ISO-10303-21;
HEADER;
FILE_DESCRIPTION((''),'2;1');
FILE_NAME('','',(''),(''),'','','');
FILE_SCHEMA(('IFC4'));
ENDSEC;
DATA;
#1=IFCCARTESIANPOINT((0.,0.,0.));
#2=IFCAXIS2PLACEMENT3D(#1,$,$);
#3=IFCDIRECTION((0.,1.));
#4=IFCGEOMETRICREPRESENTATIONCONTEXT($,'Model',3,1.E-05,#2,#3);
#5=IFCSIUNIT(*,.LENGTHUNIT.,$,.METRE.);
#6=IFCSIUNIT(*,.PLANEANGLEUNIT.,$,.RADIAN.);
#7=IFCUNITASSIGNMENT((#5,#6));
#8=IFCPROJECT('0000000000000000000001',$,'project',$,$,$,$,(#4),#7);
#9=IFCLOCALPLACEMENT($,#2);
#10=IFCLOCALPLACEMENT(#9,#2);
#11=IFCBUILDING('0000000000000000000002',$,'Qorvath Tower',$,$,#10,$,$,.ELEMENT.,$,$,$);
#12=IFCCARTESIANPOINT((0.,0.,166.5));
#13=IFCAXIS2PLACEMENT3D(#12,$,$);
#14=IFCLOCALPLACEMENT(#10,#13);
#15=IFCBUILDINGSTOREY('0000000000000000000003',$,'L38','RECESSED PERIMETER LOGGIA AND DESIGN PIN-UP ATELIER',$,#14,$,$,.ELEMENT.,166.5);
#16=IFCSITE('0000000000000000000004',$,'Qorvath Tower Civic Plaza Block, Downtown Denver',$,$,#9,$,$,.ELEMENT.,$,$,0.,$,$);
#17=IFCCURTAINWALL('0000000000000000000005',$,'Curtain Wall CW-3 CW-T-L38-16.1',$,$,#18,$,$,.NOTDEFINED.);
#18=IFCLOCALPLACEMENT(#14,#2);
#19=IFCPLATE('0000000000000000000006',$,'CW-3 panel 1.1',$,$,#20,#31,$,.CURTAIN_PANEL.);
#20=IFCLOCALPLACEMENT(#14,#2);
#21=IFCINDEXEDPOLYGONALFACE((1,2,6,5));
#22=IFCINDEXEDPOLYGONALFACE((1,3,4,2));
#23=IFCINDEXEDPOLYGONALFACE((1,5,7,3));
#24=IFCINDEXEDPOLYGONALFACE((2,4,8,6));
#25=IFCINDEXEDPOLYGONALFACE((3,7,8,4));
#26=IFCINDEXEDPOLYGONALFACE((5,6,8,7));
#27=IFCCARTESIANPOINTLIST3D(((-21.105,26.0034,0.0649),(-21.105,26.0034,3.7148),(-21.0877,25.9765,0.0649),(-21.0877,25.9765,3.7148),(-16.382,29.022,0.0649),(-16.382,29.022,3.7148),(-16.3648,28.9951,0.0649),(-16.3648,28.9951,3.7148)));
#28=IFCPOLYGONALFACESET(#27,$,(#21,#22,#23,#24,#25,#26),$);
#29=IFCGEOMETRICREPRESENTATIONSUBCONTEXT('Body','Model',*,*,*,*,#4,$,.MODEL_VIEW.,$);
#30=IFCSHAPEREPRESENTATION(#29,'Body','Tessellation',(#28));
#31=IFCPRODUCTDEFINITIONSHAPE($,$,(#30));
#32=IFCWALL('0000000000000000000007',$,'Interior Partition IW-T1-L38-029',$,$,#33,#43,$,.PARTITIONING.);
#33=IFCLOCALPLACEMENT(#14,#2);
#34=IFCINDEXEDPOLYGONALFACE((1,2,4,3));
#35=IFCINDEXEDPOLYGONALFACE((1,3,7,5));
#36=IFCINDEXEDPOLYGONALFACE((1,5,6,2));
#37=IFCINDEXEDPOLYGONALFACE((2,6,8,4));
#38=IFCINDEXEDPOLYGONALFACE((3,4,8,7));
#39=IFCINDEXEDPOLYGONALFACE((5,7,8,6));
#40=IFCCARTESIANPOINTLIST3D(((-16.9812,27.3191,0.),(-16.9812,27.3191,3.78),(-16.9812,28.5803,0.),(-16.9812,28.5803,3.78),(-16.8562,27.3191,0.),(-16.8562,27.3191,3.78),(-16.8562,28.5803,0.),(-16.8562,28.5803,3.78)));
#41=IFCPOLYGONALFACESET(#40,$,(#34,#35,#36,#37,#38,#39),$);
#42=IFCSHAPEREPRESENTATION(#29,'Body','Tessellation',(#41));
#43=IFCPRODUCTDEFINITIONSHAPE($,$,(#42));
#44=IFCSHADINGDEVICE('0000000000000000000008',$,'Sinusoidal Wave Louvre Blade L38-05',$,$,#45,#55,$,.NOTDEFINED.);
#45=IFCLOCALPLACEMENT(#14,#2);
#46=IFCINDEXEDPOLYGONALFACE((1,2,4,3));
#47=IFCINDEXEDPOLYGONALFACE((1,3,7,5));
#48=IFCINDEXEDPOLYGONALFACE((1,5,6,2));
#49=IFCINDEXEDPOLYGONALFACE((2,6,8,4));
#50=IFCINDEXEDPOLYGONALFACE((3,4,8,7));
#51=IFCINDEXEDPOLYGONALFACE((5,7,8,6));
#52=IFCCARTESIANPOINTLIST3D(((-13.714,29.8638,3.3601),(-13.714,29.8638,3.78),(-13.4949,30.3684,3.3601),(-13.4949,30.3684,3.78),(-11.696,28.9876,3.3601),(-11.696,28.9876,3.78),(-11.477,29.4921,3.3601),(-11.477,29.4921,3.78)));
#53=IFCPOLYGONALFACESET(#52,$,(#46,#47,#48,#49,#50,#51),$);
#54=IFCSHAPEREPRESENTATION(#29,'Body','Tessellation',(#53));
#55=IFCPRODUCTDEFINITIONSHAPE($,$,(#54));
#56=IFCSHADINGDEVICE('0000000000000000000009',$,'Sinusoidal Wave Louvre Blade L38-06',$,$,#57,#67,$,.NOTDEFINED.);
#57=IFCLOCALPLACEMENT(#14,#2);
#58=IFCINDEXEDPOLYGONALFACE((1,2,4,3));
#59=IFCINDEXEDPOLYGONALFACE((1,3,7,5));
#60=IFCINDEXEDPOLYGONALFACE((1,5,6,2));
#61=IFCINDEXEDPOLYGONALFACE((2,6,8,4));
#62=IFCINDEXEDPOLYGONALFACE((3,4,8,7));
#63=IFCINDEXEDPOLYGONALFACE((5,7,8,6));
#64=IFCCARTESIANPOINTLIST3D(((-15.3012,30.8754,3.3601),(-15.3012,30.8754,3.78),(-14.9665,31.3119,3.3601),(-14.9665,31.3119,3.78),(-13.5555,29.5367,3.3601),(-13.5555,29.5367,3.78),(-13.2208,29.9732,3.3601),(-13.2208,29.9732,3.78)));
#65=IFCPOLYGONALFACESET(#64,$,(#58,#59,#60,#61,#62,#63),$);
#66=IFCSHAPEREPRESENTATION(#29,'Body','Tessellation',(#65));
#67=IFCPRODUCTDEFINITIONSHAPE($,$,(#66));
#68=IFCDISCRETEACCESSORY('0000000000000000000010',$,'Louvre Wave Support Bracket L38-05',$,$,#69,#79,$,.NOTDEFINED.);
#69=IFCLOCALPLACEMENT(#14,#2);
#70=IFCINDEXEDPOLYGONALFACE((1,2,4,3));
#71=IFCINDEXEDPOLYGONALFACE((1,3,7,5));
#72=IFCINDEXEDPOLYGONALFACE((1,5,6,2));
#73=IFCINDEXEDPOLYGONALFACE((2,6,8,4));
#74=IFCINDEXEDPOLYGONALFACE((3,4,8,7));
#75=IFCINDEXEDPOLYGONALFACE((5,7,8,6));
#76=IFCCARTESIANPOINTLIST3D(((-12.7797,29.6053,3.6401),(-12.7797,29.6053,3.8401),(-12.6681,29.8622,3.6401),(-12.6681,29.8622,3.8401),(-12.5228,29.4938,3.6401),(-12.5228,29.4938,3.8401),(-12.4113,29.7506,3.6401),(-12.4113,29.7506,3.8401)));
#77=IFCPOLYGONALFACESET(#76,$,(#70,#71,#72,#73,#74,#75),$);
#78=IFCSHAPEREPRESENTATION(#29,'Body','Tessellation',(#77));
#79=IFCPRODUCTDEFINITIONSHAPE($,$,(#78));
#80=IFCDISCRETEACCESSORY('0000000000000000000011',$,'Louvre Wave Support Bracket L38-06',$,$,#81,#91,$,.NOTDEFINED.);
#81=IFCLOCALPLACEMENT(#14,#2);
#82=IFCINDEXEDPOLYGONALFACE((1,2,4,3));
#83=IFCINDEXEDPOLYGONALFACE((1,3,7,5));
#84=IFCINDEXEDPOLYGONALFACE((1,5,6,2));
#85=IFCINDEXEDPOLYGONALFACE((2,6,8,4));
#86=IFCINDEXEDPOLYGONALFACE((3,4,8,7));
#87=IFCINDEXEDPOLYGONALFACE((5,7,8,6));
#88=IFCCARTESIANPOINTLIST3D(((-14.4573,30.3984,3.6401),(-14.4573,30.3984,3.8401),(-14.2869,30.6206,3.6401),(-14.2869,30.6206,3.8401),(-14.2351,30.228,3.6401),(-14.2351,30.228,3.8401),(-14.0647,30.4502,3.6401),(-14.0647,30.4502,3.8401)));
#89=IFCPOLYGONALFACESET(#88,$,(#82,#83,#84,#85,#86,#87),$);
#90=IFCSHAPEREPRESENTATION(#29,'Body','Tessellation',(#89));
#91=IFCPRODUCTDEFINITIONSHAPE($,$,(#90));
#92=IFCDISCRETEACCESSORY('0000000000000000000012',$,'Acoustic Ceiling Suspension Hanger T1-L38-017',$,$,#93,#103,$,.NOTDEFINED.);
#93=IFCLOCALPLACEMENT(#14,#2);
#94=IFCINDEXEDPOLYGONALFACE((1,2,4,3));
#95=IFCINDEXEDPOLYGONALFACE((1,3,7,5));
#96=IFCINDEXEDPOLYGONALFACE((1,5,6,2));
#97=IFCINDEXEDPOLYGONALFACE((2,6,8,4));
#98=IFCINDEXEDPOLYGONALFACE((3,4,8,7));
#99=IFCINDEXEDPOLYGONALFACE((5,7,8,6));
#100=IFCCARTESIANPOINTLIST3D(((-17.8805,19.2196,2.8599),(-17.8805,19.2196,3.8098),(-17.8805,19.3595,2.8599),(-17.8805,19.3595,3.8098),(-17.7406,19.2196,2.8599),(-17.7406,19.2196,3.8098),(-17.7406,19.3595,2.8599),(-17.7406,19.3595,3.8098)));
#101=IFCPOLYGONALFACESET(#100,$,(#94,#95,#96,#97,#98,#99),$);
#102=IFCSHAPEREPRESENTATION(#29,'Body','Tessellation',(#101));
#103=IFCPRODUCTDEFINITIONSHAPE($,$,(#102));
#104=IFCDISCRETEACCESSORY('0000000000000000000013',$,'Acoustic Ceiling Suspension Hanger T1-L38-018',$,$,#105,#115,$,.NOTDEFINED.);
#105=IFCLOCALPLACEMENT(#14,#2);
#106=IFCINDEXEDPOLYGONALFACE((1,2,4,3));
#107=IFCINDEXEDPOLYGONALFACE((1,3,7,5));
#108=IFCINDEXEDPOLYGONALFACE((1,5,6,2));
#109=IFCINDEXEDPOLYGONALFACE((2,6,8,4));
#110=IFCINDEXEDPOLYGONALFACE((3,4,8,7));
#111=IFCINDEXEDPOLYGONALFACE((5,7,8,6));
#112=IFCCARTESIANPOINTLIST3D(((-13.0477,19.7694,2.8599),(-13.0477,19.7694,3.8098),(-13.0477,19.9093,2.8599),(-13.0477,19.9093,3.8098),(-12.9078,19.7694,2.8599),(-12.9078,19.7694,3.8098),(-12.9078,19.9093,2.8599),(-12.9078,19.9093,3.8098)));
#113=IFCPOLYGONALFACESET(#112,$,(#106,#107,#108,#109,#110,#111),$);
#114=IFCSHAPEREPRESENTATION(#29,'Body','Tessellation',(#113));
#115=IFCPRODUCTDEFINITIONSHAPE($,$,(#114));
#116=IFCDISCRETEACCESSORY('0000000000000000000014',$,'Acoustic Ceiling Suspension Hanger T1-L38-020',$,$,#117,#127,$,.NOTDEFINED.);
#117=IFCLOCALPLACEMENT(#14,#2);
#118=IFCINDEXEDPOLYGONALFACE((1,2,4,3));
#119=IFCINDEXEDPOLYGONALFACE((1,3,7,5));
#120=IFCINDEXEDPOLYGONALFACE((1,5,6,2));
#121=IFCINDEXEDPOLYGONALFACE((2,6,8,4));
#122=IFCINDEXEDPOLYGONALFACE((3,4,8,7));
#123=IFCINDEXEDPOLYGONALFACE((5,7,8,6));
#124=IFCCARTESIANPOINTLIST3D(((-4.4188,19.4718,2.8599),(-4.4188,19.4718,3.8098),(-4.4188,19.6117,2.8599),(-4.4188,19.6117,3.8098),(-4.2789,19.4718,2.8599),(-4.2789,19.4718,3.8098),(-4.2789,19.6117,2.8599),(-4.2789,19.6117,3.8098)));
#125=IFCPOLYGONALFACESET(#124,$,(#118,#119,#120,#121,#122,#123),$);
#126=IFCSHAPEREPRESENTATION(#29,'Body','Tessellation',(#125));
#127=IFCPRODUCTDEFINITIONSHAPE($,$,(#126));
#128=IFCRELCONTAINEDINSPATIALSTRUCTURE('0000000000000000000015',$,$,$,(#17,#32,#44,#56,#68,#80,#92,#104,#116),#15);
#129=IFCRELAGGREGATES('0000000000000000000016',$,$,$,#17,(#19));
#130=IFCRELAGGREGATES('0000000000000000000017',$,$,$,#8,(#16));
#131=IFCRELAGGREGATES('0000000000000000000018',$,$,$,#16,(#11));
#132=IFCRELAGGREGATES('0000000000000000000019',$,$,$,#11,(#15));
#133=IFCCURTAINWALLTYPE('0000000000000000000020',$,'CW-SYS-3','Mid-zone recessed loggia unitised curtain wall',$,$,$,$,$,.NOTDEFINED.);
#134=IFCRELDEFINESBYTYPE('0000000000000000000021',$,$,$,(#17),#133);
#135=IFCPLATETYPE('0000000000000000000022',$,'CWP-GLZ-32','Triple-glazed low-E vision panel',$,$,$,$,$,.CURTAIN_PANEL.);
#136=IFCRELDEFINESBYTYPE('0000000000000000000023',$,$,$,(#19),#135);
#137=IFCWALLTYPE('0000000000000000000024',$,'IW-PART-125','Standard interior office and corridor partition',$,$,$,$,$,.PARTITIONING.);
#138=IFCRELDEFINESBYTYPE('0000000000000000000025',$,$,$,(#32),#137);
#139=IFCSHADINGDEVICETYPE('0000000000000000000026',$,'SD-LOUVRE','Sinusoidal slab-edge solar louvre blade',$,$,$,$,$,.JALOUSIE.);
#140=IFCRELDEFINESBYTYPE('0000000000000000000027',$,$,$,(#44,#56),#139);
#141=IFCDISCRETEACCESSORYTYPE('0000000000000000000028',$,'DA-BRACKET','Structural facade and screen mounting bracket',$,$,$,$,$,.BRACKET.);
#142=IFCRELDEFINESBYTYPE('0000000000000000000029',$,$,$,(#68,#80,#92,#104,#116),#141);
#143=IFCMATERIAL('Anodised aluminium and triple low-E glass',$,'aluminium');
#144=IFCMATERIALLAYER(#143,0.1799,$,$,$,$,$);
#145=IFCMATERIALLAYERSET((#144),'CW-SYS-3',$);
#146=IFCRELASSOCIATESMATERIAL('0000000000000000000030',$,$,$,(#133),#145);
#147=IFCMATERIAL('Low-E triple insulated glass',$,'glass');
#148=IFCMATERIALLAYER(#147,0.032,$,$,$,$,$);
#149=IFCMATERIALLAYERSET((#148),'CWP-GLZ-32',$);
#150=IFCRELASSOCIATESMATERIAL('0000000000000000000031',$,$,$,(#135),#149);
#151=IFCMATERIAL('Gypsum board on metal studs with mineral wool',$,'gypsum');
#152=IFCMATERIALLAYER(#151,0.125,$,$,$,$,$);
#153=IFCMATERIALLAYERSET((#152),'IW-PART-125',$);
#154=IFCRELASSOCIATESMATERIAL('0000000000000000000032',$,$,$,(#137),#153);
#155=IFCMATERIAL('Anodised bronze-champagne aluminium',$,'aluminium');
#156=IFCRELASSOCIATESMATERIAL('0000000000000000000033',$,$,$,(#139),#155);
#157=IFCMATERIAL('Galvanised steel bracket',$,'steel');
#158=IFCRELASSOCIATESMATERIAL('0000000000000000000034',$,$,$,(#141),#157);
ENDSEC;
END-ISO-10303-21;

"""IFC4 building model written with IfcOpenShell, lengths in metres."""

from ifc_helpers import new_model, si_unit, direction, frame, frame_2d, origin, origin_2d, place, context, subcontext, project, spatial, rectangle, extrude, material, layer, layer_set, type_object, element, aggregate, save


model = new_model("IFC4")

# Units and contexts
model_context = context("Model", 3, precision=1e-05, world=origin(), true_north=direction((0.0, 1.0)))
body_context = subcontext(model_context, "Body", "Model", "MODEL_VIEW")
ifc_project = project(units=[si_unit("LENGTHUNIT", "METRE"), si_unit("PLANEANGLEUNIT", "RADIAN")], contexts=[model_context])

# Site, building, storey
site_placement = place(None, origin())
site = spatial("IfcSite", under=ifc_project, at=site_placement, Name="Qorvath Tower Civic Plaza Block, Downtown Denver", CompositionType="ELEMENT", RefElevation=0.0)
building_placement = place(site_placement, origin())
building = spatial("IfcBuilding", under=site, at=building_placement, Name="Qorvath Tower", CompositionType="ELEMENT")
storey_placement = place(building_placement, frame((0.0, 0.0, 166.5)))
storey = spatial("IfcBuildingStorey", under=building, at=storey_placement, Name="L38", Description="RECESSED PERIMETER LOGGIA AND DESIGN PIN-UP ATELIER", CompositionType="ELEMENT", Elevation=166.5)

# Shared definitions
ifc_material_1 = material(Name="Anodised aluminium and triple low-E glass", Category="aluminium")
ifc_layer_1 = layer(ifc_material_1, 0.1799)
ifc_layer_set_1 = layer_set([ifc_layer_1], Name="CW-SYS-3")
curtain_wall_type = type_object("IfcCurtainWallType", Name="CW-SYS-3", Description="Mid-zone recessed loggia unitised curtain wall", PredefinedType="NOTDEFINED", material=ifc_layer_set_1)

# Curtain wall
curtain_wall_1_placement = place(storey_placement, origin())
curtain_wall_1 = element("IfcCurtainWall", 1, at=curtain_wall_1_placement, inside=storey, type_object=curtain_wall_type, Name="Curtain Wall CW-3 CW-T-L38-16.1", PredefinedType="NOTDEFINED")

# Plate
ifc_material_2 = material(Name="Low-E triple insulated glass", Category="glass")
ifc_layer_2 = layer(ifc_material_2, 0.032)
ifc_layer_set_2 = layer_set([ifc_layer_2], Name="CWP-GLZ-32")
plate_type = type_object("IfcPlateType", Name="CWP-GLZ-32", Description="Triple-glazed low-E vision panel", PredefinedType="CURTAIN_PANEL", material=ifc_layer_set_2)
plate_1_placement = place(storey_placement, frame((-18.7349, 27.4993, 0.0649), z_axis=(0.0, 0.0, 1.0), x_axis=(-0.842604, -0.538534, 0.0)))
plate_1 = element("IfcPlate", 2, at=plate_1_placement, type_object=plate_type, Name="CW-3 panel 1.1", PredefinedType="CURTAIN_PANEL", context=body_context, shape_type="SweptSolid", body=[
    extrude(rectangle(XDim=5.6052, YDim=0.032, at=origin_2d()), origin(), (0.0, 0.0, 1.0), 3.6499),
])
aggregate(curtain_wall_1, [plate_1])

# Wall
ifc_material_3 = material(Name="Gypsum board on metal studs with mineral wool", Category="gypsum")
ifc_layer_3 = layer(ifc_material_3, 0.125)
ifc_layer_set_3 = layer_set([ifc_layer_3], Name="IW-PART-125")
wall_type = type_object("IfcWallType", Name="IW-PART-125", Description="Standard interior office and corridor partition", PredefinedType="PARTITIONING", material=ifc_layer_set_3)
wall_placement = place(storey_placement, frame((-16.9187, 27.3191, 0.0), z_axis=(0.0, 0.0, 1.0), x_axis=(0.0, 1.0, 0.0)))
element("IfcWall", 3, at=wall_placement, inside=storey, type_object=wall_type, Name="Interior Partition IW-T1-L38-029", PredefinedType="PARTITIONING", context=body_context, shape_type="SweptSolid", body=[
    extrude(rectangle(XDim=1.2612, YDim=0.125, at=frame_2d((0.6306, 0.0))), origin(), (0.0, 0.0, 1.0), 3.78),
])

# Shading devices
ifc_material_4 = material(Name="Anodised bronze-champagne aluminium", Category="aluminium")
shading_device_type = type_object("IfcShadingDeviceType", Name="SD-LOUVRE", Description="Sinusoidal slab-edge solar louvre blade", PredefinedType="JALOUSIE", material=ifc_material_4)
for number, where, z_axis, x_axis, name in (
    (4, (-12.5955, 29.678, 3.3601), (0.0, 0.0, 1.0), (-0.917256, 0.398299, 0.0), "Sinusoidal Wave Louvre Blade L38-05"),
    (5, (-14.261, 30.4243, 3.3601), (0.0, 0.0, 1.0), (-0.79353, 0.608532, 0.0), "Sinusoidal Wave Louvre Blade L38-06"),
):
    element("IfcShadingDevice", number, at=place(storey_placement, frame(where, z_axis=z_axis, x_axis=x_axis)), inside=storey, type_object=shading_device_type, Name=name, PredefinedType="NOTDEFINED", context=body_context, shape_type="SweptSolid", body=[
        extrude(rectangle(XDim=2.2, YDim=0.55, at=origin_2d()), origin(), (0.0, 0.0, 1.0), 0.4199),
    ])

# Discrete accessories
ifc_material_5 = material(Name="Galvanised steel bracket", Category="steel")
discrete_accessory_type = type_object("IfcDiscreteAccessoryType", Name="DA-BRACKET", Description="Structural facade and screen mounting bracket", PredefinedType="BRACKET", material=ifc_material_5)
for number, where, z_axis, x_axis, name in (
    (6, (-12.5955, 29.678, 3.6401), (0.0, 0.0, 1.0), (-0.917256, 0.398299, 0.0), "Louvre Wave Support Bracket L38-05"),
    (7, (-14.261, 30.4243, 3.6401), (0.0, 0.0, 1.0), (-0.79353, 0.608532, 0.0), "Louvre Wave Support Bracket L38-06"),
):
    element("IfcDiscreteAccessory", number, at=place(storey_placement, frame(where, z_axis=z_axis, x_axis=x_axis)), inside=storey, type_object=discrete_accessory_type, Name=name, PredefinedType="NOTDEFINED", context=body_context, shape_type="SweptSolid", body=[
        extrude(rectangle(XDim=0.28, YDim=0.28, at=origin_2d()), origin(), (0.0, 0.0, 1.0), 0.2),
    ])
for number, where, z_axis, x_axis, name in (
    (8, (-17.8105, 19.2896, 2.8599), (0.0, 0.0, 1.0), (1.0, 0.0, 0.0), "Acoustic Ceiling Suspension Hanger T1-L38-017"),
    (9, (-12.9778, 19.8394, 2.8599), (0.0, 0.0, 1.0), (1.0, 0.0, 0.0), "Acoustic Ceiling Suspension Hanger T1-L38-018"),
    (10, (-4.3489, 19.5417, 2.8599), (0.0, 0.0, 1.0), (1.0, 0.0, 0.0), "Acoustic Ceiling Suspension Hanger T1-L38-020"),
):
    element("IfcDiscreteAccessory", number, at=place(storey_placement, frame(where, z_axis=z_axis, x_axis=x_axis)), inside=storey, type_object=discrete_accessory_type, Name=name, PredefinedType="NOTDEFINED", context=body_context, shape_type="SweptSolid", body=[
        extrude(rectangle(XDim=0.1399, YDim=0.1399, at=origin_2d()), origin(), (0.0, 0.0, 1.0), 0.95),
    ])

save(model, "model.ifc")
